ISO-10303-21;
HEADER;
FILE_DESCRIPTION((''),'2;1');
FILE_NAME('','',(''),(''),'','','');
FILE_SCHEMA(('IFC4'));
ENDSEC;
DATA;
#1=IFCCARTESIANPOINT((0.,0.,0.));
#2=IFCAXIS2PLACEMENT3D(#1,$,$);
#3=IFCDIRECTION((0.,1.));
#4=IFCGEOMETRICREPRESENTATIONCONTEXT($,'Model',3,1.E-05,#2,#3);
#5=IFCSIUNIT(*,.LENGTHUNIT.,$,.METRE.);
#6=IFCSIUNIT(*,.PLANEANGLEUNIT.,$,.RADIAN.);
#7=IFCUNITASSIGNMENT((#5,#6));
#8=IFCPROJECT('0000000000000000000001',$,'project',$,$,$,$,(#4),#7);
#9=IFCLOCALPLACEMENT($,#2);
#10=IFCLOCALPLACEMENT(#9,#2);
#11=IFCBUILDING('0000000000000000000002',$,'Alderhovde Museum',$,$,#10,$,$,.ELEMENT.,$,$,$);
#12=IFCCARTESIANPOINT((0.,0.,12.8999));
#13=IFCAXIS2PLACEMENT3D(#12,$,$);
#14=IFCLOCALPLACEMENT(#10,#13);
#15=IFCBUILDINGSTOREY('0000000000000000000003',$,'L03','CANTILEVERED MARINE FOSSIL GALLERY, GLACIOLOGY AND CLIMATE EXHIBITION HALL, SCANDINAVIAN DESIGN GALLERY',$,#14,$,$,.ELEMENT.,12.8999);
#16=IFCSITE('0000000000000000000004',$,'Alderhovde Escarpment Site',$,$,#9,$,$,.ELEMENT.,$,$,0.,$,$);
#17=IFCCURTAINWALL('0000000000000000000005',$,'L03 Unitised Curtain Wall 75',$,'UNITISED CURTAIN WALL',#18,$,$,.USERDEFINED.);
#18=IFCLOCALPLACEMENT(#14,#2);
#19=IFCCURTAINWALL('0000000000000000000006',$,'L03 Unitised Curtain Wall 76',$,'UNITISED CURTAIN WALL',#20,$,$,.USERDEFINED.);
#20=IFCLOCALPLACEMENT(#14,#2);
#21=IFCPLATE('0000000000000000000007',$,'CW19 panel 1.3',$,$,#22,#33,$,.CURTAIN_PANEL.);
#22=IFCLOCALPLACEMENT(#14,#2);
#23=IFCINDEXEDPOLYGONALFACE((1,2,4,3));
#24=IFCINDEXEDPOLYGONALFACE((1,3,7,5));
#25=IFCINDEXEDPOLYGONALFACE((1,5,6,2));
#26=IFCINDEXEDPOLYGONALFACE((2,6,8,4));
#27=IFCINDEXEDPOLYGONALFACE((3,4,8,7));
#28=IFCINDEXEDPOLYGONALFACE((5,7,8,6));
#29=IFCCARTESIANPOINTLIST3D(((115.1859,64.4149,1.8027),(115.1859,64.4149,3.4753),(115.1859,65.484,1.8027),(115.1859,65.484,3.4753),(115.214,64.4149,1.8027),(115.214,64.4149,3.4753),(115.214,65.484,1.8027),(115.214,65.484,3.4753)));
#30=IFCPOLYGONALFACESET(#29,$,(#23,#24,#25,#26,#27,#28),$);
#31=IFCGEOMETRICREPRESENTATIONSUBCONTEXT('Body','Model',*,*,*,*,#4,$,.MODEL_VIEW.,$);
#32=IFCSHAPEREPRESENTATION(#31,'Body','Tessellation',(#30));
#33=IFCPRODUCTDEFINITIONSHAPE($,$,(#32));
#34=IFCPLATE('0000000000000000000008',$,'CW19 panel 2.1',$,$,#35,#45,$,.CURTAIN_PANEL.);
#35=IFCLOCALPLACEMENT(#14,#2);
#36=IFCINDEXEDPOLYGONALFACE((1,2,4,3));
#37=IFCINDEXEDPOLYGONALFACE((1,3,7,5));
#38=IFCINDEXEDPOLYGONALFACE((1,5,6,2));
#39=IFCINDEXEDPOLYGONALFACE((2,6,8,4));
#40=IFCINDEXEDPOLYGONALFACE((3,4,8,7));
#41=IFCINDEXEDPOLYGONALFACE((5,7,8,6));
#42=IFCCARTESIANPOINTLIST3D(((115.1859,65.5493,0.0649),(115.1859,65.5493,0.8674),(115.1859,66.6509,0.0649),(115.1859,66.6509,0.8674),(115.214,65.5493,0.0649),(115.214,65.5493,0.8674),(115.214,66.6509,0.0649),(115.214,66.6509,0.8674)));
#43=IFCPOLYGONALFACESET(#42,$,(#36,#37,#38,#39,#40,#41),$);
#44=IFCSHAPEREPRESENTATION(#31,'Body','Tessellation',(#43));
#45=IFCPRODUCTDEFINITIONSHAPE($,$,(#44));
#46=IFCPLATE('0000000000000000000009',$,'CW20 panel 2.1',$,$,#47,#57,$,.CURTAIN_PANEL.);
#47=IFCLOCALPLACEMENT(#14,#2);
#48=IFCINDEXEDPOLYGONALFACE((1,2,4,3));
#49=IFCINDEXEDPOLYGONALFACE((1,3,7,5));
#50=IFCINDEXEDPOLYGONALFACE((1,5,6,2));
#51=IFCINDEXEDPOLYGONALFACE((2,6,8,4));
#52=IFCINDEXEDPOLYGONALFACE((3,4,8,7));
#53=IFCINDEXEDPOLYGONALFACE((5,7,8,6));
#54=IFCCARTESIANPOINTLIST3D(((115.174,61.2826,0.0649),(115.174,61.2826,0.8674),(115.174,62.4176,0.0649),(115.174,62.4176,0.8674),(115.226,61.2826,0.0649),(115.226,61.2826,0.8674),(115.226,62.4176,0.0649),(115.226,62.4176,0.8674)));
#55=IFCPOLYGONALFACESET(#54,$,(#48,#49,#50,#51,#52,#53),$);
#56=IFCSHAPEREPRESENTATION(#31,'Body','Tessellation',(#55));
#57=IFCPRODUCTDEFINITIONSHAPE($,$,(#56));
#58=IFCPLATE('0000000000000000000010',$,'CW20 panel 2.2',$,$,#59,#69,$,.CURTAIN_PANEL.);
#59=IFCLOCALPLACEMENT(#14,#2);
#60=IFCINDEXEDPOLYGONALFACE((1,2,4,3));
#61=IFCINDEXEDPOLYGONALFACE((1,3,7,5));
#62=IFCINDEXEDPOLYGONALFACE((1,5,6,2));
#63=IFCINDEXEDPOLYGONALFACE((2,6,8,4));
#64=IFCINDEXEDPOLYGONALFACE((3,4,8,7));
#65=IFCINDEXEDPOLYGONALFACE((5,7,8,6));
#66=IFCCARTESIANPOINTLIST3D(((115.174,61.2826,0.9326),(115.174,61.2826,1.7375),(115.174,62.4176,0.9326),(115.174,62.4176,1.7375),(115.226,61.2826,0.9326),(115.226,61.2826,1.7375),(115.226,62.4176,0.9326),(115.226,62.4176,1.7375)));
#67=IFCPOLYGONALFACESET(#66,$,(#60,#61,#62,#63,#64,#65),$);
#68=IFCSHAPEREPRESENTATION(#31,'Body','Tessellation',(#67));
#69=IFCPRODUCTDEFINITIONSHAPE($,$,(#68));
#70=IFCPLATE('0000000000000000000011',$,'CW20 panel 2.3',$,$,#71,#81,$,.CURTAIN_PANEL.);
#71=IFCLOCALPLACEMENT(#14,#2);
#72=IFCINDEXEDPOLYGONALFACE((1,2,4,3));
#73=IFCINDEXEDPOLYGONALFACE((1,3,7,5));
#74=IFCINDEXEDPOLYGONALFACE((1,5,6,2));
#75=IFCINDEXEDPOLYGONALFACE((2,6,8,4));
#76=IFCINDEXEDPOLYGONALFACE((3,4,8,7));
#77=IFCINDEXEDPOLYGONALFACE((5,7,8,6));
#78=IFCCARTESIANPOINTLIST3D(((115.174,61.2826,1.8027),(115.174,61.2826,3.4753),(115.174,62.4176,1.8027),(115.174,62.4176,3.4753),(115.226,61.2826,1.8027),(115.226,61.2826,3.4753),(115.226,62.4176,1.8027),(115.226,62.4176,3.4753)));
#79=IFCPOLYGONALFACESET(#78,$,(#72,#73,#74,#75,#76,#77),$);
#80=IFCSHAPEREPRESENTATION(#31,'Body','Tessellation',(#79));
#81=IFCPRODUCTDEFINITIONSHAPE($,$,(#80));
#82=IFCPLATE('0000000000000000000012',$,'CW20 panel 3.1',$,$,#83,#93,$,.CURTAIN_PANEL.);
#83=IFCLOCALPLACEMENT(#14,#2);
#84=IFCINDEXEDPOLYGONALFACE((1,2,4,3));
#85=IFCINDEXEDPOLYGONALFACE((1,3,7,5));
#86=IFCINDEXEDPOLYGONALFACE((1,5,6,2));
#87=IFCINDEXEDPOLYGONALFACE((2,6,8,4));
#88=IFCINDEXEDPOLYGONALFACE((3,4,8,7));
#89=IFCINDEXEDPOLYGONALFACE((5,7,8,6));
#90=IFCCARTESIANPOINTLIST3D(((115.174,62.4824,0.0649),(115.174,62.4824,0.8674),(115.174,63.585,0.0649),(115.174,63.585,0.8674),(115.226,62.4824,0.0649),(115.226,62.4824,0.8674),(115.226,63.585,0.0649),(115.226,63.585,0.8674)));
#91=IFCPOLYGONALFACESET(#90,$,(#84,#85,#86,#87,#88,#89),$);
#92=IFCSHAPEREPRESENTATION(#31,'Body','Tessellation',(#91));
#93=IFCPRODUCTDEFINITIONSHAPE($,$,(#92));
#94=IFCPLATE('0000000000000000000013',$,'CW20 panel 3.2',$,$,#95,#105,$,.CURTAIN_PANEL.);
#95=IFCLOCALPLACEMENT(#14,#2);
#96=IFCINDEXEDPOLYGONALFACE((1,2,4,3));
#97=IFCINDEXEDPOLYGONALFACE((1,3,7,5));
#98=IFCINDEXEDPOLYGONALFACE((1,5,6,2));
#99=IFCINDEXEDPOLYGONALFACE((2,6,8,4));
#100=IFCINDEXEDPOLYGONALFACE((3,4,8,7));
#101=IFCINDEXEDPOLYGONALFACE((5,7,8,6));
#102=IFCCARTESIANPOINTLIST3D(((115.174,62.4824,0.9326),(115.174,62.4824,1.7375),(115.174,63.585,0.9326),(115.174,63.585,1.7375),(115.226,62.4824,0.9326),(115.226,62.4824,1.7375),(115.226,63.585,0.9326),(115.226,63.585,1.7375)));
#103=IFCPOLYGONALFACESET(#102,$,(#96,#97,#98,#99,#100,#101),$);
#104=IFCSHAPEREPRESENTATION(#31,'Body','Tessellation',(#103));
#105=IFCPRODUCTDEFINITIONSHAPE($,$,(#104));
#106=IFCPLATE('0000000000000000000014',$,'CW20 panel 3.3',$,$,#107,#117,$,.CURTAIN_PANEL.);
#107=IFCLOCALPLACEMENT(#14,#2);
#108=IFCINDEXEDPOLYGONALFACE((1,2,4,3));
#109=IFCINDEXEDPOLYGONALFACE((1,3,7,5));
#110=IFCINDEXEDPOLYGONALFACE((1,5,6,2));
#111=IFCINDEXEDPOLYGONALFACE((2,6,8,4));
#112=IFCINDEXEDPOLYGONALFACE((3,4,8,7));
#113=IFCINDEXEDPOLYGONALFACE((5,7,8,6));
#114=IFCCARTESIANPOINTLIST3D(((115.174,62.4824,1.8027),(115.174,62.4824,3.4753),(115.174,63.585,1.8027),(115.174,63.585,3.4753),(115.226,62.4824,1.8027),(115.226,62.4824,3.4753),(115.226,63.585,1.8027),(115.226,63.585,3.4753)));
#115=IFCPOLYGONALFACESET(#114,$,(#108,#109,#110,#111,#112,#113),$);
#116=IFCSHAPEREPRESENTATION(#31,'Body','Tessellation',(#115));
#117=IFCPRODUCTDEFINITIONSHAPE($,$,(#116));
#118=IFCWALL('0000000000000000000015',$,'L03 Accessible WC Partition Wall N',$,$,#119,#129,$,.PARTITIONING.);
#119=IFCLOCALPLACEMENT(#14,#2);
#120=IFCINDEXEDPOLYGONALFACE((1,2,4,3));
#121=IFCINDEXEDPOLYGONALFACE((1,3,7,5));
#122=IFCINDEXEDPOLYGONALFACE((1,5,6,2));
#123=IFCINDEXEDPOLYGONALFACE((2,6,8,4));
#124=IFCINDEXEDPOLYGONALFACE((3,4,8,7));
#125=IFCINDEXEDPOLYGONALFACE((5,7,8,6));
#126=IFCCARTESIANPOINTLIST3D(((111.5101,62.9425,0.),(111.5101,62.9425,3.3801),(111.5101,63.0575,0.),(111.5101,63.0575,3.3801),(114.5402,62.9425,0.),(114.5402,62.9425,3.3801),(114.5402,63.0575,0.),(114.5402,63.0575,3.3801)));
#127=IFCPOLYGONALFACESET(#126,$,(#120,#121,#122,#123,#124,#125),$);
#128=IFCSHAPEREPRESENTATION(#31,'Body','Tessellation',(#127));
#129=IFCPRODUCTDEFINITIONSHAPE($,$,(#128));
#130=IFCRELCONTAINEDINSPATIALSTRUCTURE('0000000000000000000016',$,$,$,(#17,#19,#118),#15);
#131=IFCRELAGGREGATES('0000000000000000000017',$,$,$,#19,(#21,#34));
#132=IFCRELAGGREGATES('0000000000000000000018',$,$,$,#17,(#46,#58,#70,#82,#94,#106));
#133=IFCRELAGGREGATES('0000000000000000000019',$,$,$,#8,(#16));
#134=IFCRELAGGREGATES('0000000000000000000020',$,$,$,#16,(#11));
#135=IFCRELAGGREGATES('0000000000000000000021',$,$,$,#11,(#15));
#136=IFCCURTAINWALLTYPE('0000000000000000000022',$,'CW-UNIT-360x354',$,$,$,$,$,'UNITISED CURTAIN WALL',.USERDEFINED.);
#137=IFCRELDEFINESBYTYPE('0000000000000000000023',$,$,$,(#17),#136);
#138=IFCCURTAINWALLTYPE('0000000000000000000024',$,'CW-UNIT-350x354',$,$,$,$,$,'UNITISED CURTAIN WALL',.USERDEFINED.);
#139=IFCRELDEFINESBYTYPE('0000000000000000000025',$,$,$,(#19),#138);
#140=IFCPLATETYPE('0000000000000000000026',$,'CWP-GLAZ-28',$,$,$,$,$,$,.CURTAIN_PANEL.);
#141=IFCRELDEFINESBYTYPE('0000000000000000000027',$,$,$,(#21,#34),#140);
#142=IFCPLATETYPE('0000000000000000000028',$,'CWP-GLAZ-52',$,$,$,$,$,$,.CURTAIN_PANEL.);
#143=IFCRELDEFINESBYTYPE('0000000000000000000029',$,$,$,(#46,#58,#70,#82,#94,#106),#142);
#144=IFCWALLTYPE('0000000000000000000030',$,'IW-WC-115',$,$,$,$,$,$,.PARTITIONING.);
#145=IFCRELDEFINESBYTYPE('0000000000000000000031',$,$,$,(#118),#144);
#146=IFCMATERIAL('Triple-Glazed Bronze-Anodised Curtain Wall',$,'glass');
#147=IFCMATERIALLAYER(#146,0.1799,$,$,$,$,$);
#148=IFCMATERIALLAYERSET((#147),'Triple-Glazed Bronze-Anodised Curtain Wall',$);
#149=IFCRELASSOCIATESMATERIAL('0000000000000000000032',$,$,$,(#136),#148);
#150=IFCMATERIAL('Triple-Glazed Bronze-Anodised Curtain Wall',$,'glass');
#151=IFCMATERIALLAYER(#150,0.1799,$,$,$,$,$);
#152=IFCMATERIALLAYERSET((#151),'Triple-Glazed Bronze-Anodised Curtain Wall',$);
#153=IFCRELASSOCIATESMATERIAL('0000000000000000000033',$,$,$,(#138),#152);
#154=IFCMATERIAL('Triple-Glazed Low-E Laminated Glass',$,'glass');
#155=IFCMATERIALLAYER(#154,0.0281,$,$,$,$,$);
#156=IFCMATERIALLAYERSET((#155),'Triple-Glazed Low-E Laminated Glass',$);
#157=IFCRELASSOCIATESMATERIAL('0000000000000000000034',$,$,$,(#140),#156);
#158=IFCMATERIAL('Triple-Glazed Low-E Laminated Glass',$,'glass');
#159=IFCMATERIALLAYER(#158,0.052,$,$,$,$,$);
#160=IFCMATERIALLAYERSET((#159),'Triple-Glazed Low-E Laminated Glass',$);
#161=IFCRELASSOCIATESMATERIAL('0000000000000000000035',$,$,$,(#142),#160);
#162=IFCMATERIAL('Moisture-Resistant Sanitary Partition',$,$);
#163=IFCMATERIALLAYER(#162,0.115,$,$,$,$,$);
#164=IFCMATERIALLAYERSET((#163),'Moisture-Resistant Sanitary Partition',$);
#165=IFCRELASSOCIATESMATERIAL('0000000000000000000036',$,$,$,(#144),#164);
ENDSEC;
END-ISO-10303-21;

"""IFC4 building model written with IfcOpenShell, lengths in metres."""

from ifc_helpers import new_model, si_unit, direction, frame, frame_2d, origin, origin_2d, place, context, subcontext, project, spatial, rectangle, extrude, material, layer, layer_set, type_object, element, aggregate, save


model = new_model("IFC4")

# Units and contexts
model_context = context("Model", 3, precision=1e-05, world=origin(), true_north=direction((0.0, 1.0)))
body_context = subcontext(model_context, "Body", "Model", "MODEL_VIEW")
ifc_project = project(units=[si_unit("LENGTHUNIT", "METRE"), si_unit("PLANEANGLEUNIT", "RADIAN")], contexts=[model_context])

# Site, building, storey
site_placement = place(None, origin())
site = spatial("IfcSite", under=ifc_project, at=site_placement, Name="Alderhovde Escarpment Site", CompositionType="ELEMENT", RefElevation=0.0)
building_placement = place(site_placement, origin())
building = spatial("IfcBuilding", under=site, at=building_placement, Name="Alderhovde Museum", CompositionType="ELEMENT")
storey_placement = place(building_placement, frame((0.0, 0.0, 12.8999)))
storey = spatial("IfcBuildingStorey", under=building, at=storey_placement, Name="L03", Description="CANTILEVERED MARINE FOSSIL GALLERY, GLACIOLOGY AND CLIMATE EXHIBITION HALL, SCANDINAVIAN DESIGN GALLERY", CompositionType="ELEMENT", Elevation=12.8999)

# Curtain walls
ifc_material_1 = material(Name="Triple-Glazed Bronze-Anodised Curtain Wall", Category="glass")
ifc_layer_1 = layer(ifc_material_1, 0.1799)
ifc_layer_set_1 = layer_set([ifc_layer_1], Name="Triple-Glazed Bronze-Anodised Curtain Wall")
curtain_wall_type_1 = type_object("IfcCurtainWallType", Name="CW-UNIT-360x354", ElementType="UNITISED CURTAIN WALL", PredefinedType="USERDEFINED", material=ifc_layer_set_1)
curtain_wall_1_placement = place(storey_placement, origin())
curtain_wall_1 = element("IfcCurtainWall", 1, at=curtain_wall_1_placement, inside=storey, type_object=curtain_wall_type_1, Name="L03 Unitised Curtain Wall 75", ObjectType="UNITISED CURTAIN WALL", PredefinedType="USERDEFINED")
ifc_material_2 = material(Name="Triple-Glazed Bronze-Anodised Curtain Wall", Category="glass")
ifc_layer_2 = layer(ifc_material_2, 0.1799)
ifc_layer_set_2 = layer_set([ifc_layer_2], Name="Triple-Glazed Bronze-Anodised Curtain Wall")
curtain_wall_type_2 = type_object("IfcCurtainWallType", Name="CW-UNIT-350x354", ElementType="UNITISED CURTAIN WALL", PredefinedType="USERDEFINED", material=ifc_layer_set_2)
curtain_wall_2_placement = place(storey_placement, origin())
curtain_wall_2 = element("IfcCurtainWall", 2, at=curtain_wall_2_placement, inside=storey, type_object=curtain_wall_type_2, Name="L03 Unitised Curtain Wall 76", ObjectType="UNITISED CURTAIN WALL", PredefinedType="USERDEFINED")

# Plates
ifc_material_3 = material(Name="Triple-Glazed Low-E Laminated Glass", Category="glass")
ifc_layer_3 = layer(ifc_material_3, 0.0281)
ifc_layer_set_3 = layer_set([ifc_layer_3], Name="Triple-Glazed Low-E Laminated Glass")
plate_type_1 = type_object("IfcPlateType", Name="CWP-GLAZ-28", PredefinedType="CURTAIN_PANEL", material=ifc_layer_set_3)
plate_1_placement = place(storey_placement, frame((115.2, 64.9495, 1.8027), z_axis=(0.0, 0.0, 1.0), x_axis=(0.0, 1.0, 0.0)))
plate_1 = element("IfcPlate", 3, at=plate_1_placement, type_object=plate_type_1, Name="CW19 panel 1.3", PredefinedType="CURTAIN_PANEL", context=body_context, shape_type="SweptSolid", body=[
    extrude(rectangle(XDim=1.0691, YDim=0.0281, at=origin_2d()), origin(), (0.0, 0.0, 1.0), 1.6726),
])
plate_2_placement = place(storey_placement, frame((115.2, 66.1001, 0.0649), z_axis=(0.0, 0.0, 1.0), x_axis=(0.0, 1.0, 0.0)))
plate_2 = element("IfcPlate", 4, at=plate_2_placement, type_object=plate_type_1, Name="CW19 panel 2.1", PredefinedType="CURTAIN_PANEL", context=body_context, shape_type="SweptSolid", body=[
    extrude(rectangle(XDim=1.1016, YDim=0.0281, at=origin_2d()), origin(), (0.0, 0.0, 1.0), 0.8025),
])
aggregate(curtain_wall_2, [plate_1, plate_2])
ifc_material_4 = material(Name="Triple-Glazed Low-E Laminated Glass", Category="glass")
ifc_layer_4 = layer(ifc_material_4, 0.052)
ifc_layer_set_4 = layer_set([ifc_layer_4], Name="Triple-Glazed Low-E Laminated Glass")
plate_type_2 = type_object("IfcPlateType", Name="CWP-GLAZ-52", PredefinedType="CURTAIN_PANEL", material=ifc_layer_set_4)
plate_3_placement = place(storey_placement, frame((115.2, 61.8501, 0.0649), z_axis=(0.0, 0.0, 1.0), x_axis=(0.0, 1.0, 0.0)))
plate_3 = element("IfcPlate", 5, at=plate_3_placement, type_object=plate_type_2, Name="CW20 panel 2.1", PredefinedType="CURTAIN_PANEL", context=body_context, shape_type="SweptSolid", body=[
    extrude(rectangle(XDim=1.135, YDim=0.052, at=origin_2d()), origin(), (0.0, 0.0, 1.0), 0.8025),
])
plate_4_placement = place(storey_placement, frame((115.2, 61.8501, 0.9326), z_axis=(0.0, 0.0, 1.0), x_axis=(0.0, 1.0, 0.0)))
plate_4 = element("IfcPlate", 6, at=plate_4_placement, type_object=plate_type_2, Name="CW20 panel 2.2", PredefinedType="CURTAIN_PANEL", context=body_context, shape_type="SweptSolid", body=[
    extrude(rectangle(XDim=1.135, YDim=0.052, at=origin_2d()), origin(), (0.0, 0.0, 1.0), 0.8049),
])
plate_5_placement = place(storey_placement, frame((115.2, 61.8501, 1.8027), z_axis=(0.0, 0.0, 1.0), x_axis=(0.0, 1.0, 0.0)))
plate_5 = element("IfcPlate", 7, at=plate_5_placement, type_object=plate_type_2, Name="CW20 panel 2.3", PredefinedType="CURTAIN_PANEL", context=body_context, shape_type="SweptSolid", body=[
    extrude(rectangle(XDim=1.135, YDim=0.052, at=origin_2d()), origin(), (0.0, 0.0, 1.0), 1.6726),
])
plate_6_placement = place(storey_placement, frame((115.2, 63.0337, 0.0649), z_axis=(0.0, 0.0, 1.0), x_axis=(0.0, 1.0, 0.0)))
plate_6 = element("IfcPlate", 8, at=plate_6_placement, type_object=plate_type_2, Name="CW20 panel 3.1", PredefinedType="CURTAIN_PANEL", context=body_context, shape_type="SweptSolid", body=[
    extrude(rectangle(XDim=1.1025, YDim=0.052, at=origin_2d()), origin(), (0.0, 0.0, 1.0), 0.8025),
])
plate_7_placement = place(storey_placement, frame((115.2, 63.0337, 0.9326), z_axis=(0.0, 0.0, 1.0), x_axis=(0.0, 1.0, 0.0)))
plate_7 = element("IfcPlate", 9, at=plate_7_placement, type_object=plate_type_2, Name="CW20 panel 3.2", PredefinedType="CURTAIN_PANEL", context=body_context, shape_type="SweptSolid", body=[
    extrude(rectangle(XDim=1.1025, YDim=0.052, at=origin_2d()), origin(), (0.0, 0.0, 1.0), 0.8049),
])
plate_8_placement = place(storey_placement, frame((115.2, 63.0337, 1.8027), z_axis=(0.0, 0.0, 1.0), x_axis=(0.0, 1.0, 0.0)))
plate_8 = element("IfcPlate", 10, at=plate_8_placement, type_object=plate_type_2, Name="CW20 panel 3.3", PredefinedType="CURTAIN_PANEL", context=body_context, shape_type="SweptSolid", body=[
    extrude(rectangle(XDim=1.1025, YDim=0.052, at=origin_2d()), origin(), (0.0, 0.0, 1.0), 1.6726),
])
aggregate(curtain_wall_1, [plate_3, plate_4, plate_5, plate_6, plate_7, plate_8])

# Wall
ifc_material_5 = material(Name="Moisture-Resistant Sanitary Partition")
ifc_layer_5 = layer(ifc_material_5, 0.115)
ifc_layer_set_5 = layer_set([ifc_layer_5], Name="Moisture-Resistant Sanitary Partition")
wall_type = type_object("IfcWallType", Name="IW-WC-115", PredefinedType="PARTITIONING", material=ifc_layer_set_5)
wall_placement = place(storey_placement, frame((111.51, 63.0, 0.0), z_axis=(0.0, 0.0, 1.0), x_axis=(1.0, 0.0, 0.0)))
element("IfcWall", 11, at=wall_placement, inside=storey, type_object=wall_type, Name="L03 Accessible WC Partition Wall N", PredefinedType="PARTITIONING", context=body_context, shape_type="SweptSolid", body=[
    extrude(rectangle(XDim=3.03, YDim=0.115, at=frame_2d((1.5151, 0.0))), origin(), (0.0, 0.0, 1.0), 3.3801),
])

save(model, "model.ifc")
